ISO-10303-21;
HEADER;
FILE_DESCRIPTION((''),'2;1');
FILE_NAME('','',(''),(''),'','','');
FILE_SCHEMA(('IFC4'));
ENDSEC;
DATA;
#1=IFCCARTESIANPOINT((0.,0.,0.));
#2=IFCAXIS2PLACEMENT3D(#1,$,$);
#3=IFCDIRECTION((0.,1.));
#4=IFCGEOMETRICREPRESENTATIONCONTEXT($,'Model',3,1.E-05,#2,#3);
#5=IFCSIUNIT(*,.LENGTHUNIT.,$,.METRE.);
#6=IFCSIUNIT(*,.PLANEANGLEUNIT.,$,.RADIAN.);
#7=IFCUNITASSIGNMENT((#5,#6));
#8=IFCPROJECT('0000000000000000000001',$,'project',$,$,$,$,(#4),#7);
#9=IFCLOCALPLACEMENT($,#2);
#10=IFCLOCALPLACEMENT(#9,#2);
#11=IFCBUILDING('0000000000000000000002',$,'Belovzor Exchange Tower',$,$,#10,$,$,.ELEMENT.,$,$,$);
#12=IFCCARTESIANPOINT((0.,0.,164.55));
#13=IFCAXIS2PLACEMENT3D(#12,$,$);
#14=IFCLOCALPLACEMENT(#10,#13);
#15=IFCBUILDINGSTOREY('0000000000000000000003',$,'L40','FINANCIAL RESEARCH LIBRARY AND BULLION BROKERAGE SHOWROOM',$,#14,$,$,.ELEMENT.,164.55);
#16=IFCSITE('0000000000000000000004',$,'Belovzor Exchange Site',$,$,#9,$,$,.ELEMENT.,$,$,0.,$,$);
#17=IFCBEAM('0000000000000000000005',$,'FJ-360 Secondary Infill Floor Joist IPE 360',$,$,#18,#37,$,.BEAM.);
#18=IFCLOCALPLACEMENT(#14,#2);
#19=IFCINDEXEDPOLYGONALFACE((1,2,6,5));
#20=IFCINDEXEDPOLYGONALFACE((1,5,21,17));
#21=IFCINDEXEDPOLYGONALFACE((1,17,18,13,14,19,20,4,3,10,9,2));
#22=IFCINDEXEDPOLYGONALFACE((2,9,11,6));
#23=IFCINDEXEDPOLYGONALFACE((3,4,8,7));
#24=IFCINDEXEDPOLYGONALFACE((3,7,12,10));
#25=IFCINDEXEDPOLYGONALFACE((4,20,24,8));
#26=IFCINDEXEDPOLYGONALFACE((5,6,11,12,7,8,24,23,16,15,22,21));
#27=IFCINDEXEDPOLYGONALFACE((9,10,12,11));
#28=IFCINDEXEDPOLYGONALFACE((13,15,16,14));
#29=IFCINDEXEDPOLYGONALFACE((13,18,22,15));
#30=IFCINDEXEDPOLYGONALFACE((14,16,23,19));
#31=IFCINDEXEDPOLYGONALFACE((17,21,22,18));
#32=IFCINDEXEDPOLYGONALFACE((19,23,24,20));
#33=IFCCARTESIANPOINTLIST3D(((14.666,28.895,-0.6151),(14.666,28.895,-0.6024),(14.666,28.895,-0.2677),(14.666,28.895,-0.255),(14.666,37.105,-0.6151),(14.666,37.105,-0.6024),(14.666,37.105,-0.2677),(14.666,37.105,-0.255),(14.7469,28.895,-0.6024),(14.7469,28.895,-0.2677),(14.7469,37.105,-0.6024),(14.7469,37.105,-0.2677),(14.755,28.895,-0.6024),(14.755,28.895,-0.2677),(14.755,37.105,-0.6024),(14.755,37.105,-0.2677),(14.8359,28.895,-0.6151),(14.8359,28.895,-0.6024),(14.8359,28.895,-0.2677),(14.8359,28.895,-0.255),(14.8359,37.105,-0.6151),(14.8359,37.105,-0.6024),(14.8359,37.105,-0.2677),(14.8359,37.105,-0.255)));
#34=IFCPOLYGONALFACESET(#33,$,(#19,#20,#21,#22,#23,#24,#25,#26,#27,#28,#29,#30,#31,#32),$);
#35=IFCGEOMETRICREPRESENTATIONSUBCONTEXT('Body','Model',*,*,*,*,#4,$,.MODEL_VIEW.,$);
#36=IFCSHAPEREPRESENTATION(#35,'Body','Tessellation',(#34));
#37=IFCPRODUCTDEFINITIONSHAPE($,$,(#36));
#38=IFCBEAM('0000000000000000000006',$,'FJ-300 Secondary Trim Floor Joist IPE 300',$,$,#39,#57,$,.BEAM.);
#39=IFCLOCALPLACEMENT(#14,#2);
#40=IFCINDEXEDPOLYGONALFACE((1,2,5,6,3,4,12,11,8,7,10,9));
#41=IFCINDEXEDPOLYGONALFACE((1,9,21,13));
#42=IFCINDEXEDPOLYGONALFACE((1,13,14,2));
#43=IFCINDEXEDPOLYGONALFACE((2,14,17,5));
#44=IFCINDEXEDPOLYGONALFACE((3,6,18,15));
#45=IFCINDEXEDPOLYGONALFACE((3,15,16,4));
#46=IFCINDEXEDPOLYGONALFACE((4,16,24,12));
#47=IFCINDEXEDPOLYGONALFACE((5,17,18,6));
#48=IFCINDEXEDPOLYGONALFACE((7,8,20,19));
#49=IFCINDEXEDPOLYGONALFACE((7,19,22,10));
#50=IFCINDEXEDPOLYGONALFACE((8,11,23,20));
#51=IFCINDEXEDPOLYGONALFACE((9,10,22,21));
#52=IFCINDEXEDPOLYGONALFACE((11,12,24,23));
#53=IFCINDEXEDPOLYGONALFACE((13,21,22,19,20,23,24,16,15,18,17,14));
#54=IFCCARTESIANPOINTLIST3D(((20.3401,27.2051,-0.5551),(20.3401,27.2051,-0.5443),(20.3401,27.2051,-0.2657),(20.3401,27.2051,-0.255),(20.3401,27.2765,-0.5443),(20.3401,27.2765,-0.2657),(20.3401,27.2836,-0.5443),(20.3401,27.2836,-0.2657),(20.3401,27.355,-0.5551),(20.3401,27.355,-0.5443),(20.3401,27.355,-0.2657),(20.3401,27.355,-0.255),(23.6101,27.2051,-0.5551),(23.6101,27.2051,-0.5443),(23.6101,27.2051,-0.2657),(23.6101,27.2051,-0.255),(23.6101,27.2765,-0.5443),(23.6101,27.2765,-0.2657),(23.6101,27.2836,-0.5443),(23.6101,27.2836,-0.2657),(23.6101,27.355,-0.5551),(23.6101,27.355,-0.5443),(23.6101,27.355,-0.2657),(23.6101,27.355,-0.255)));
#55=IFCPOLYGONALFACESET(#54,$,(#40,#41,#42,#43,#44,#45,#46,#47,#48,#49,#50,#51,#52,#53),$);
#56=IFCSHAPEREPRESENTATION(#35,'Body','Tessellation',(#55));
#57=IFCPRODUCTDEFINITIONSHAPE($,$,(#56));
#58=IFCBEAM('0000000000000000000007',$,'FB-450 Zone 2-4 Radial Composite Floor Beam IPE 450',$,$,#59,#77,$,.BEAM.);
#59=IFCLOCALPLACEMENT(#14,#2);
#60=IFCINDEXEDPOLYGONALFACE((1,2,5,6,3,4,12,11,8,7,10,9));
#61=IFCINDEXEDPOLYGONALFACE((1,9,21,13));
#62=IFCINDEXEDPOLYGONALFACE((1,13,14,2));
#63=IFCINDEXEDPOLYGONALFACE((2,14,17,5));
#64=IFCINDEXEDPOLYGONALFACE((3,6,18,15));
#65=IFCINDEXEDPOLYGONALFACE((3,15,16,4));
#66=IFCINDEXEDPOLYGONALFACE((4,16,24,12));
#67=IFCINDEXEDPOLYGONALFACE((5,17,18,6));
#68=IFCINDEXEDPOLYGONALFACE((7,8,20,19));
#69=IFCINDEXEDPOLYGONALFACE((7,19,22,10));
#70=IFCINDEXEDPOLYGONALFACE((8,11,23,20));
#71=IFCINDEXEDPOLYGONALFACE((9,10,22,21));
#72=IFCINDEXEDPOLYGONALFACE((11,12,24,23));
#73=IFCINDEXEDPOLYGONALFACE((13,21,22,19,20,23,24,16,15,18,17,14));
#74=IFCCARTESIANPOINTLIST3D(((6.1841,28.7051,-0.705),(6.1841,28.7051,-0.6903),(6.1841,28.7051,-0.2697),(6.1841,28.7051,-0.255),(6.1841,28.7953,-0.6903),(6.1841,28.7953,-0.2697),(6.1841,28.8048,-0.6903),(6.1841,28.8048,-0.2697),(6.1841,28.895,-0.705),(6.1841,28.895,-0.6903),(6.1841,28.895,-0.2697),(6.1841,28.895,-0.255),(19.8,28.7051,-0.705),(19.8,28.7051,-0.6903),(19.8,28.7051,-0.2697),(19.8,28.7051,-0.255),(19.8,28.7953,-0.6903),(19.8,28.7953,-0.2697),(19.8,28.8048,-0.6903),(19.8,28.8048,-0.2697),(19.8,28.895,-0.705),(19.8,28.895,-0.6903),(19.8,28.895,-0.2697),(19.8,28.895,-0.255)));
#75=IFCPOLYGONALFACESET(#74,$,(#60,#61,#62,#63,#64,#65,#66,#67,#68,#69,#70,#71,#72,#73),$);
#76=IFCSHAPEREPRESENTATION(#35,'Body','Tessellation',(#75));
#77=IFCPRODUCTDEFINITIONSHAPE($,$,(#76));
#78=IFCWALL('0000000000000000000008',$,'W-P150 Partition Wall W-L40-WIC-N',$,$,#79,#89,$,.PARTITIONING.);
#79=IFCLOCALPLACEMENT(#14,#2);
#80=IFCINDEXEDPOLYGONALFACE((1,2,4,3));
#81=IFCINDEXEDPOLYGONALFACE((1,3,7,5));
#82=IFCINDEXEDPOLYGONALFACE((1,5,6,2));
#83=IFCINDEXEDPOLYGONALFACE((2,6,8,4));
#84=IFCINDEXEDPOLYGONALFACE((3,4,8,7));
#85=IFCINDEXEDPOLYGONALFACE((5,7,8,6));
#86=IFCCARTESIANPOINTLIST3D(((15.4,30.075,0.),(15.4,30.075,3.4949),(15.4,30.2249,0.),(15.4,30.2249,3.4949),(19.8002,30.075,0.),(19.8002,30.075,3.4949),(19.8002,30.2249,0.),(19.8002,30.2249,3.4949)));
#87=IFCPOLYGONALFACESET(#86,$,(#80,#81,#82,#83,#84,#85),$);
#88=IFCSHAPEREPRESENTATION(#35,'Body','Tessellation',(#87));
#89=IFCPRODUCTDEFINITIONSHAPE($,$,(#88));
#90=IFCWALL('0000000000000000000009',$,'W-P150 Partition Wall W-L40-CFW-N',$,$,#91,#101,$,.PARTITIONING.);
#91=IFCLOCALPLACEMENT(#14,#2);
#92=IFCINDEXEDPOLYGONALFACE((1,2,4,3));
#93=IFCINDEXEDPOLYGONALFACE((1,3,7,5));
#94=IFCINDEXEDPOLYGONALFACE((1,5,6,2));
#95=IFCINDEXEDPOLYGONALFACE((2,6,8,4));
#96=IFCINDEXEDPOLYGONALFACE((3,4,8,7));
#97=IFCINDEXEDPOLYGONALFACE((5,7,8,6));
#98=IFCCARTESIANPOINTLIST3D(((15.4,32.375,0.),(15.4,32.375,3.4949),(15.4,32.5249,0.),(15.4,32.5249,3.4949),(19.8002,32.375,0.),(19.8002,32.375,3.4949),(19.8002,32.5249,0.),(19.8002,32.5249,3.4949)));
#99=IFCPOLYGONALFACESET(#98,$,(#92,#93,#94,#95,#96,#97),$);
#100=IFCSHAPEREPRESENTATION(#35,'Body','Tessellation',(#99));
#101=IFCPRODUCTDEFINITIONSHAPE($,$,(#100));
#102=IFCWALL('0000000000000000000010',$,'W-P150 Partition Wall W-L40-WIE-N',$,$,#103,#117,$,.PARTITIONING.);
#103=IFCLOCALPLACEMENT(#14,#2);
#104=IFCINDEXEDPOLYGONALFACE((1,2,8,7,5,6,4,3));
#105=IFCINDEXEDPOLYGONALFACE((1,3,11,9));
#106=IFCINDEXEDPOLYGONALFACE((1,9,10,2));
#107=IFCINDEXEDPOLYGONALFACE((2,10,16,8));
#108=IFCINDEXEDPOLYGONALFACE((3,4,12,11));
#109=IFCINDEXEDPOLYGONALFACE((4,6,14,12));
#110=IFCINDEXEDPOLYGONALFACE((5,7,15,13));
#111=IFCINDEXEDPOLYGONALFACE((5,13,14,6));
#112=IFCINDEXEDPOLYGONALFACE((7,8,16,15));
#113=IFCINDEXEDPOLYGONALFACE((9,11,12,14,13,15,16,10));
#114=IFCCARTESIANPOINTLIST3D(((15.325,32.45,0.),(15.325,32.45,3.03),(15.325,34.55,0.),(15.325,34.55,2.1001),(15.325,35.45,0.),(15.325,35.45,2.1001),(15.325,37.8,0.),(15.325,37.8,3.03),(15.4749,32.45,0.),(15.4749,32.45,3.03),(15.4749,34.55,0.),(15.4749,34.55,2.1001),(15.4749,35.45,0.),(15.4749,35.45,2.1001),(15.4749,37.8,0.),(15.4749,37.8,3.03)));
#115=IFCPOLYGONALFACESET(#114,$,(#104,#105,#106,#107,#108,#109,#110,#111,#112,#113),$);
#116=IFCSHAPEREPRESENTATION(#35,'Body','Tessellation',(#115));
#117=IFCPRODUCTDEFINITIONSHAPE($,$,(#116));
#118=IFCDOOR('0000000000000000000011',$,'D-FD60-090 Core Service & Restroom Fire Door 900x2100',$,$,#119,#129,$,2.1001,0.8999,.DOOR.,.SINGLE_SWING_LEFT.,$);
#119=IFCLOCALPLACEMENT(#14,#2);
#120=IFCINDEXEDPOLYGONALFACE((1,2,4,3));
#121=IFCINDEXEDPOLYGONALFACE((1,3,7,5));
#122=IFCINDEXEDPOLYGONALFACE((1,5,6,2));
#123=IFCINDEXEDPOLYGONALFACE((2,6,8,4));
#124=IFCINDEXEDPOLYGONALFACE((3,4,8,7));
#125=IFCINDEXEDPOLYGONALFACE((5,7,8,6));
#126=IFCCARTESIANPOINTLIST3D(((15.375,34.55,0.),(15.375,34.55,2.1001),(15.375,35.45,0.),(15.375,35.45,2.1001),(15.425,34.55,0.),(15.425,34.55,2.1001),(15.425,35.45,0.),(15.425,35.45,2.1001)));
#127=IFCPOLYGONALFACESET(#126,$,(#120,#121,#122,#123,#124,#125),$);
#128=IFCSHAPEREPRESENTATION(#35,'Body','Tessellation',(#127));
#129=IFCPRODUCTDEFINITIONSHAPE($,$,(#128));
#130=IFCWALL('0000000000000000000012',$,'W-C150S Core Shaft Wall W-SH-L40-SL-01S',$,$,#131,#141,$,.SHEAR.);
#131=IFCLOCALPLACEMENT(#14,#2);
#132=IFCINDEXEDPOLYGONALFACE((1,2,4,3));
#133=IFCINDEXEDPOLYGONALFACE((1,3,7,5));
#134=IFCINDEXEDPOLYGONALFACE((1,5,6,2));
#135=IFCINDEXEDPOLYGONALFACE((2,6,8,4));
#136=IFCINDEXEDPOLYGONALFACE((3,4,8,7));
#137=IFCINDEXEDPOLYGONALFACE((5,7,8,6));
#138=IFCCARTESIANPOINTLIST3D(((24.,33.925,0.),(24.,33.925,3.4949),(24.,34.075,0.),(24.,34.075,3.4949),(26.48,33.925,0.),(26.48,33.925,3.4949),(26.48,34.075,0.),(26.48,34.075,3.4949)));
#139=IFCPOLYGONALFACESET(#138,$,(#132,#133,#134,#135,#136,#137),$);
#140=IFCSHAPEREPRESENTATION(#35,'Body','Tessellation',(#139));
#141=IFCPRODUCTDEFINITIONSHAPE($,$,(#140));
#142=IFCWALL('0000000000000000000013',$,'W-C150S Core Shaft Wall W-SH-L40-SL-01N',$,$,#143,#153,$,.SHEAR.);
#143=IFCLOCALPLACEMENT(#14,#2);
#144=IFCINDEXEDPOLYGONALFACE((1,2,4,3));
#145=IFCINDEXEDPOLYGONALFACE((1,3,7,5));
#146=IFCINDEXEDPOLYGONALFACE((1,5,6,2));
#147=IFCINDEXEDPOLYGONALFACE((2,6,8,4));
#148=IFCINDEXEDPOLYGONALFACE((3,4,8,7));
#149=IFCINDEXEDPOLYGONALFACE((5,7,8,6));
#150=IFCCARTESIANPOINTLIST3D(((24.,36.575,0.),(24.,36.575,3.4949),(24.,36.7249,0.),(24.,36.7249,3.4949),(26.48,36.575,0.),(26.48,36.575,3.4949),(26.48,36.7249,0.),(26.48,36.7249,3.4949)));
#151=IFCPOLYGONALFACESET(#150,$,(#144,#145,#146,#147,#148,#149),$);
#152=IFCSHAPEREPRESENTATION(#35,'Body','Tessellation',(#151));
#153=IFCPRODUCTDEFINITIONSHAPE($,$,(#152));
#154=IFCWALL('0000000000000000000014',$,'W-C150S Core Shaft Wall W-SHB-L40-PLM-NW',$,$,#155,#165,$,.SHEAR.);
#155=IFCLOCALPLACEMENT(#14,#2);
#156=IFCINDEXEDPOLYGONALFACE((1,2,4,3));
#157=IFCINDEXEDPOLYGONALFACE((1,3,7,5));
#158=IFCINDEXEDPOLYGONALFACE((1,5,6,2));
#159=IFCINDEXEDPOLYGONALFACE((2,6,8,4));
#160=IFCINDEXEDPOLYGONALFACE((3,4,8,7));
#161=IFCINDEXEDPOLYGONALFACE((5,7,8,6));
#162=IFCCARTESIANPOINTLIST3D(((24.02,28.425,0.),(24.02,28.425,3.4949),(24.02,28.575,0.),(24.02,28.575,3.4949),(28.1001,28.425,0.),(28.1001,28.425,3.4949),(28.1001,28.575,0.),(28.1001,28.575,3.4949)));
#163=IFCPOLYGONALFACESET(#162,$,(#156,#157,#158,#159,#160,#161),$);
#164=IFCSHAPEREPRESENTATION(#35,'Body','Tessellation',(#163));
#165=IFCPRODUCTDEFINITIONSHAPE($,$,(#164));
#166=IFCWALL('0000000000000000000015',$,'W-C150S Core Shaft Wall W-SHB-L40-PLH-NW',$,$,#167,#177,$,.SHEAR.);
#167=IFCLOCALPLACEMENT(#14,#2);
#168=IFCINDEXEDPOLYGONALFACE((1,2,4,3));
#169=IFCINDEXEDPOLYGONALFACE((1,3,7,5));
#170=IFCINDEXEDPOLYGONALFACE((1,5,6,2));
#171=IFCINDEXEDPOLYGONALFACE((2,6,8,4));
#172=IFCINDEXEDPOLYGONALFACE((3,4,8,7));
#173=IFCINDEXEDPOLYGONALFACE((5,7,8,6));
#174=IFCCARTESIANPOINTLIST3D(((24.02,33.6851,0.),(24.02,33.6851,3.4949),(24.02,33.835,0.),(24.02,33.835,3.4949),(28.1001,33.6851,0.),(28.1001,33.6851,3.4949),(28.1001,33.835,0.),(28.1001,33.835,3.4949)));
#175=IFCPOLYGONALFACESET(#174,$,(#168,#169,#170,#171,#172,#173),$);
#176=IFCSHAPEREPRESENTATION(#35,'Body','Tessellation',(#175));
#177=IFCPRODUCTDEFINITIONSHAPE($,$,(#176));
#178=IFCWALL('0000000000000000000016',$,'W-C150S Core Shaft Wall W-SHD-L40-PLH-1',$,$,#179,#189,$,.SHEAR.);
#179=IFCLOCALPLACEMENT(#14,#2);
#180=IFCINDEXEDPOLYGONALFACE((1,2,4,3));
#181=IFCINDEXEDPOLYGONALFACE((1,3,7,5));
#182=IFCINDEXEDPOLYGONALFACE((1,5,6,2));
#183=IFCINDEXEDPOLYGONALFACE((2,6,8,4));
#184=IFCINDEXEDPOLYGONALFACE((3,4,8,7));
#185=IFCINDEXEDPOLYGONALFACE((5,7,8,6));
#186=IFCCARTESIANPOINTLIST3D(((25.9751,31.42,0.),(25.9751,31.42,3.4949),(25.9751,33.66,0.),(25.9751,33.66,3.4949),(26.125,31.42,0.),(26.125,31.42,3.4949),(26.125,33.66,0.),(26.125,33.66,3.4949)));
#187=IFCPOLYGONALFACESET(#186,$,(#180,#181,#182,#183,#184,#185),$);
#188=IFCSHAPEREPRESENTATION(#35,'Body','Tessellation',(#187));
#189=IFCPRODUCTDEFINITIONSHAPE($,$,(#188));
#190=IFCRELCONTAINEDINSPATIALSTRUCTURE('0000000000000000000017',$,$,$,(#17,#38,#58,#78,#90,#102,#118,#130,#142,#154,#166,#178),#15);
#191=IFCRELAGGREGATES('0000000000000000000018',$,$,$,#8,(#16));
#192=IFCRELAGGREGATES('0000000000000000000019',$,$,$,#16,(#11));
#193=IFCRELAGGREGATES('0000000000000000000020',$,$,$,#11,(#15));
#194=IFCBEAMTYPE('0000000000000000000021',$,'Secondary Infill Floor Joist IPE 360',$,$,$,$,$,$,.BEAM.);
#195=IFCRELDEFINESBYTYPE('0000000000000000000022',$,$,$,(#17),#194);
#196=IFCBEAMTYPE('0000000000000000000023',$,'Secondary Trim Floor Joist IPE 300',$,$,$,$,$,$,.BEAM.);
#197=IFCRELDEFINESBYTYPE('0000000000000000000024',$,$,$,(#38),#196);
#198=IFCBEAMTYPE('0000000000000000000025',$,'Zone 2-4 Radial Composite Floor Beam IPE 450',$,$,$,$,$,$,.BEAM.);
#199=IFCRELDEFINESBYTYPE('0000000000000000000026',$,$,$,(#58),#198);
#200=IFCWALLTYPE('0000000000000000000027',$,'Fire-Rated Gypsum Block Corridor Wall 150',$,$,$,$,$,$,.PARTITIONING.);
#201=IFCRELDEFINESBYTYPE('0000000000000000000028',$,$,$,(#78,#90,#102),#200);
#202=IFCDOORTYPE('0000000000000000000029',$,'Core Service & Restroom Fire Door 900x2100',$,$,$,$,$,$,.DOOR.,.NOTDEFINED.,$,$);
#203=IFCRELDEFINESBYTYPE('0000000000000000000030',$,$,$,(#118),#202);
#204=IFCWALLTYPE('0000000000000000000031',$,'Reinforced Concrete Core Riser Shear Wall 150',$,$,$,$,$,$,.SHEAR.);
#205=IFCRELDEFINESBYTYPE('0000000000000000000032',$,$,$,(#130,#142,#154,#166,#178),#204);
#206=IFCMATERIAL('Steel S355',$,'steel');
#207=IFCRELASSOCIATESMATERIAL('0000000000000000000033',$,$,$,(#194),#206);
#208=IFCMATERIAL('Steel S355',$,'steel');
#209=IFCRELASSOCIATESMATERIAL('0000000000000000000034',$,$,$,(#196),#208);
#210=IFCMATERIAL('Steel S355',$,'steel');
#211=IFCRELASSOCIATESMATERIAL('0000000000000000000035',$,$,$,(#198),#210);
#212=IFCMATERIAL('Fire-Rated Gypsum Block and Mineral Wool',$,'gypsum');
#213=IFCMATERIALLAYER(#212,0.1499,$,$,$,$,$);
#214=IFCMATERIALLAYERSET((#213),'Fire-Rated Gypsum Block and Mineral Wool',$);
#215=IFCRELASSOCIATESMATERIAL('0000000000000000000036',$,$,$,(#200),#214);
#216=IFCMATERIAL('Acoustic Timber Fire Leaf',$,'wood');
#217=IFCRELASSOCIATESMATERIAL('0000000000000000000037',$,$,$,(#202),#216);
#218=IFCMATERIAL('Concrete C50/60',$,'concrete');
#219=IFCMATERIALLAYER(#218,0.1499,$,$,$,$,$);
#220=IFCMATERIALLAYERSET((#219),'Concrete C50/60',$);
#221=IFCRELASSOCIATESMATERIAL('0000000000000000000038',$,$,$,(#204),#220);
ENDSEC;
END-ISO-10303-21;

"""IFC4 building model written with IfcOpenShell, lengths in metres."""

from ifc_helpers import new_model, si_unit, direction, frame, frame_2d, origin, origin_2d, place, context, subcontext, project, spatial, rectangle, i_section, extrude, material, layer, layer_set, material_profile, profile_set, type_object, element, fill, save


model = new_model("IFC4")

# Units and contexts
model_context = context("Model", 3, precision=1e-05, world=origin(), true_north=direction((0.0, 1.0)))
body_context = subcontext(model_context, "Body", "Model", "MODEL_VIEW")
ifc_project = project(units=[si_unit("LENGTHUNIT", "METRE"), si_unit("PLANEANGLEUNIT", "RADIAN")], contexts=[model_context])

# Site, building, storey
site_placement = place(None, origin())
site = spatial("IfcSite", under=ifc_project, at=site_placement, Name="Belovzor Exchange Site", CompositionType="ELEMENT", RefElevation=0.0)
building_placement = place(site_placement, origin())
building = spatial("IfcBuilding", under=site, at=building_placement, Name="Belovzor Exchange Tower", CompositionType="ELEMENT")
storey_placement = place(building_placement, frame((0.0, 0.0, 164.55)))
storey = spatial("IfcBuildingStorey", under=building, at=storey_placement, Name="L40", Description="FINANCIAL RESEARCH LIBRARY AND BULLION BROKERAGE SHOWROOM", CompositionType="ELEMENT", Elevation=164.55)

# Beams
ifc_material_1 = material(Name="Steel S355", Category="steel")
ifc_material_profile_1 = material_profile(ifc_material_1, i_section(OverallWidth=0.1699, OverallDepth=0.3601, WebThickness=0.0081, FlangeThickness=0.0127, at=origin_2d()))
ifc_profile_set_1 = profile_set([ifc_material_profile_1], Name="Steel S355")
beam_type_1 = type_object("IfcBeamType", Name="Secondary Infill Floor Joist IPE 360", PredefinedType="BEAM", material=ifc_profile_set_1)
beam_1_placement = place(storey_placement, frame((14.751, 28.895, -0.4351), z_axis=(0.0, 1.0, 0.0), x_axis=(-1.0, 0.0, 0.0)))
element("IfcBeam", 1, at=beam_1_placement, inside=storey, type_object=beam_type_1, Name="FJ-360 Secondary Infill Floor Joist IPE 360", PredefinedType="BEAM", context=body_context, shape_type="SweptSolid", body=[
    extrude(i_section(OverallWidth=0.1699, OverallDepth=0.3601, WebThickness=0.0081, FlangeThickness=0.0127, at=origin_2d()), origin(), (0.0, 0.0, 1.0), 8.21),
])
ifc_material_2 = material(Name="Steel S355", Category="steel")
ifc_material_profile_2 = material_profile(ifc_material_2, i_section(OverallWidth=0.1499, OverallDepth=0.3, WebThickness=0.0071, FlangeThickness=0.0107, at=origin_2d()))
ifc_profile_set_2 = profile_set([ifc_material_profile_2], Name="Steel S355")
beam_type_2 = type_object("IfcBeamType", Name="Secondary Trim Floor Joist IPE 300", PredefinedType="BEAM", material=ifc_profile_set_2)
beam_2_placement = place(storey_placement, frame((20.3401, 27.28, -0.405), z_axis=(1.0, 0.0, 0.0), x_axis=(0.0, 1.0, 0.0)))
element("IfcBeam", 2, at=beam_2_placement, inside=storey, type_object=beam_type_2, Name="FJ-300 Secondary Trim Floor Joist IPE 300", PredefinedType="BEAM", context=body_context, shape_type="SweptSolid", body=[
    extrude(i_section(OverallWidth=0.1499, OverallDepth=0.3, WebThickness=0.0071, FlangeThickness=0.0107, at=origin_2d()), origin(), (0.0, 0.0, 1.0), 3.27),
])
ifc_material_3 = material(Name="Steel S355", Category="steel")
ifc_material_profile_3 = material_profile(ifc_material_3, i_section(OverallWidth=0.1899, OverallDepth=0.45, WebThickness=0.0095, FlangeThickness=0.0146, at=origin_2d()))
ifc_profile_set_3 = profile_set([ifc_material_profile_3], Name="Steel S355")
beam_type_3 = type_object("IfcBeamType", Name="Zone 2-4 Radial Composite Floor Beam IPE 450", PredefinedType="BEAM", material=ifc_profile_set_3)
beam_3_placement = place(storey_placement, frame((19.8, 28.8, -0.48), z_axis=(-1.0, 0.0, 0.0), x_axis=(0.0, -1.0, 0.0)))
element("IfcBeam", 3, at=beam_3_placement, inside=storey, type_object=beam_type_3, Name="FB-450 Zone 2-4 Radial Composite Floor Beam IPE 450", PredefinedType="BEAM", context=body_context, shape_type="SweptSolid", body=[
    extrude(i_section(OverallWidth=0.1899, OverallDepth=0.45, WebThickness=0.0095, FlangeThickness=0.0146, at=origin_2d()), origin(), (0.0, 0.0, 1.0), 13.616),
])

# Walls
ifc_material_4 = material(Name="Fire-Rated Gypsum Block and Mineral Wool", Category="gypsum")
ifc_layer_1 = layer(ifc_material_4, 0.1499)
ifc_layer_set_1 = layer_set([ifc_layer_1], Name="Fire-Rated Gypsum Block and Mineral Wool")
wall_type_1 = type_object("IfcWallType", Name="Fire-Rated Gypsum Block Corridor Wall 150", PredefinedType="PARTITIONING", material=ifc_layer_set_1)
for number, where, z_axis, x_axis, name in (
    (4, (15.3999, 30.1499, 0.0), (0.0, 0.0, 1.0), (1.0, 0.0, 0.0), "W-P150 Partition Wall W-L40-WIC-N"),
    (5, (15.3999, 32.45, 0.0), (0.0, 0.0, 1.0), (1.0, 0.0, 0.0), "W-P150 Partition Wall W-L40-CFW-N"),
):
    element("IfcWall", number, at=place(storey_placement, frame(where, z_axis=z_axis, x_axis=x_axis)), inside=storey, type_object=wall_type_1, Name=name, PredefinedType="PARTITIONING", context=body_context, shape_type="SweptSolid", body=[
        extrude(rectangle(XDim=4.4001, YDim=0.1499, at=frame_2d((2.2002, 0.0))), origin(), (0.0, 0.0, 1.0), 3.4949),
    ])

# Wall, opening, door
wall_1_placement = place(storey_placement, frame((15.3999, 32.45, 0.0), z_axis=(0.0, 0.0, 1.0), x_axis=(0.0, 1.0, 0.0)))
wall_1 = element("IfcWall", 6, at=wall_1_placement, inside=storey, type_object=wall_type_1, Name="W-P150 Partition Wall W-L40-WIE-N", PredefinedType="PARTITIONING", context=body_context, shape_type="SweptSolid", body=[
    extrude(rectangle(XDim=5.3501, YDim=0.1499, at=frame_2d((2.675, 0.0))), origin(), (0.0, 0.0, 1.0), 3.03),
])
opening_1_placement = place(wall_1_placement, frame((2.1001, 0.0, 0.0)))
opening_1 = element("IfcOpeningElement", 7, at=opening_1_placement, cuts=wall_1, PredefinedType="OPENING", context=body_context, shape_type="SweptSolid", body=[
    extrude(rectangle(XDim=0.8999, YDim=2.1001, at=frame_2d((0.45, 1.05))), frame((0.0, 0.085, 0.0), z_axis=(0.0, -1.0, 0.0), x_axis=(1.0, 0.0, 0.0)), (0.0, 0.0, 1.0), 0.1699),
])
ifc_material_5 = material(Name="Acoustic Timber Fire Leaf", Category="wood")
door_type_1 = type_object("IfcDoorType", Name="Core Service & Restroom Fire Door 900x2100", OperationType="NOTDEFINED", PredefinedType="DOOR", material=ifc_material_5)
door_1_placement = place(opening_1_placement, origin())
door_1 = element("IfcDoor", 8, at=door_1_placement, inside=storey, type_object=door_type_1, Name="D-FD60-090 Core Service & Restroom Fire Door 900x2100", OperationType="SINGLE_SWING_LEFT", OverallHeight=2.1001, OverallWidth=0.8999, PredefinedType="DOOR", context=body_context, shape_type="SweptSolid", body=[
    extrude(rectangle(XDim=0.8999, YDim=2.1001, at=frame_2d((0.45, 1.05))), frame((0.0, 0.0249, 0.0), z_axis=(0.0, -1.0, 0.0), x_axis=(1.0, 0.0, 0.0)), (0.0, 0.0, 1.0), 0.05),
])
fill(opening_1, door_1)

# Walls
ifc_material_6 = material(Name="Concrete C50/60", Category="concrete")
ifc_layer_2 = layer(ifc_material_6, 0.1499)
ifc_layer_set_2 = layer_set([ifc_layer_2], Name="Concrete C50/60")
wall_type_2 = type_object("IfcWallType", Name="Reinforced Concrete Core Riser Shear Wall 150", PredefinedType="SHEAR", material=ifc_layer_set_2)
for number, where, z_axis, x_axis, name in (
    (9, (24.0, 34.0, 0.0), (0.0, 0.0, 1.0), (1.0, 0.0, 0.0), "W-C150S Core Shaft Wall W-SH-L40-SL-01S"),
    (10, (24.0, 36.6499, 0.0), (0.0, 0.0, 1.0), (1.0, 0.0, 0.0), "W-C150S Core Shaft Wall W-SH-L40-SL-01N"),
):
    element("IfcWall", number, at=place(storey_placement, frame(where, z_axis=z_axis, x_axis=x_axis)), inside=storey, type_object=wall_type_2, Name=name, PredefinedType="SHEAR", context=body_context, shape_type="SweptSolid", body=[
        extrude(rectangle(XDim=2.48, YDim=0.1499, at=frame_2d((1.24, 0.0))), origin(), (0.0, 0.0, 1.0), 3.4949),
    ])
for number, where, z_axis, x_axis, name in (
    (11, (24.02, 28.5, 0.0), (0.0, 0.0, 1.0), (1.0, 0.0, 0.0), "W-C150S Core Shaft Wall W-SHB-L40-PLM-NW"),
    (12, (24.02, 33.76, 0.0), (0.0, 0.0, 1.0), (1.0, 0.0, 0.0), "W-C150S Core Shaft Wall W-SHB-L40-PLH-NW"),
):
    element("IfcWall", number, at=place(storey_placement, frame(where, z_axis=z_axis, x_axis=x_axis)), inside=storey, type_object=wall_type_2, Name=name, PredefinedType="SHEAR", context=body_context, shape_type="SweptSolid", body=[
        extrude(rectangle(XDim=4.0801, YDim=0.1499, at=frame_2d((2.04, 0.0))), origin(), (0.0, 0.0, 1.0), 3.4949),
    ])
wall_2_placement = place(storey_placement, frame((26.05, 31.4199, 0.0), z_axis=(0.0, 0.0, 1.0), x_axis=(0.0, 1.0, 0.0)))
element("IfcWall", 13, at=wall_2_placement, inside=storey, type_object=wall_type_2, Name="W-C150S Core Shaft Wall W-SHD-L40-PLH-1", PredefinedType="SHEAR", context=body_context, shape_type="SweptSolid", body=[
    extrude(rectangle(XDim=2.24, YDim=0.1499, at=frame_2d((1.1201, 0.0))), origin(), (0.0, 0.0, 1.0), 3.4949),
])

save(model, "model.ifc")
